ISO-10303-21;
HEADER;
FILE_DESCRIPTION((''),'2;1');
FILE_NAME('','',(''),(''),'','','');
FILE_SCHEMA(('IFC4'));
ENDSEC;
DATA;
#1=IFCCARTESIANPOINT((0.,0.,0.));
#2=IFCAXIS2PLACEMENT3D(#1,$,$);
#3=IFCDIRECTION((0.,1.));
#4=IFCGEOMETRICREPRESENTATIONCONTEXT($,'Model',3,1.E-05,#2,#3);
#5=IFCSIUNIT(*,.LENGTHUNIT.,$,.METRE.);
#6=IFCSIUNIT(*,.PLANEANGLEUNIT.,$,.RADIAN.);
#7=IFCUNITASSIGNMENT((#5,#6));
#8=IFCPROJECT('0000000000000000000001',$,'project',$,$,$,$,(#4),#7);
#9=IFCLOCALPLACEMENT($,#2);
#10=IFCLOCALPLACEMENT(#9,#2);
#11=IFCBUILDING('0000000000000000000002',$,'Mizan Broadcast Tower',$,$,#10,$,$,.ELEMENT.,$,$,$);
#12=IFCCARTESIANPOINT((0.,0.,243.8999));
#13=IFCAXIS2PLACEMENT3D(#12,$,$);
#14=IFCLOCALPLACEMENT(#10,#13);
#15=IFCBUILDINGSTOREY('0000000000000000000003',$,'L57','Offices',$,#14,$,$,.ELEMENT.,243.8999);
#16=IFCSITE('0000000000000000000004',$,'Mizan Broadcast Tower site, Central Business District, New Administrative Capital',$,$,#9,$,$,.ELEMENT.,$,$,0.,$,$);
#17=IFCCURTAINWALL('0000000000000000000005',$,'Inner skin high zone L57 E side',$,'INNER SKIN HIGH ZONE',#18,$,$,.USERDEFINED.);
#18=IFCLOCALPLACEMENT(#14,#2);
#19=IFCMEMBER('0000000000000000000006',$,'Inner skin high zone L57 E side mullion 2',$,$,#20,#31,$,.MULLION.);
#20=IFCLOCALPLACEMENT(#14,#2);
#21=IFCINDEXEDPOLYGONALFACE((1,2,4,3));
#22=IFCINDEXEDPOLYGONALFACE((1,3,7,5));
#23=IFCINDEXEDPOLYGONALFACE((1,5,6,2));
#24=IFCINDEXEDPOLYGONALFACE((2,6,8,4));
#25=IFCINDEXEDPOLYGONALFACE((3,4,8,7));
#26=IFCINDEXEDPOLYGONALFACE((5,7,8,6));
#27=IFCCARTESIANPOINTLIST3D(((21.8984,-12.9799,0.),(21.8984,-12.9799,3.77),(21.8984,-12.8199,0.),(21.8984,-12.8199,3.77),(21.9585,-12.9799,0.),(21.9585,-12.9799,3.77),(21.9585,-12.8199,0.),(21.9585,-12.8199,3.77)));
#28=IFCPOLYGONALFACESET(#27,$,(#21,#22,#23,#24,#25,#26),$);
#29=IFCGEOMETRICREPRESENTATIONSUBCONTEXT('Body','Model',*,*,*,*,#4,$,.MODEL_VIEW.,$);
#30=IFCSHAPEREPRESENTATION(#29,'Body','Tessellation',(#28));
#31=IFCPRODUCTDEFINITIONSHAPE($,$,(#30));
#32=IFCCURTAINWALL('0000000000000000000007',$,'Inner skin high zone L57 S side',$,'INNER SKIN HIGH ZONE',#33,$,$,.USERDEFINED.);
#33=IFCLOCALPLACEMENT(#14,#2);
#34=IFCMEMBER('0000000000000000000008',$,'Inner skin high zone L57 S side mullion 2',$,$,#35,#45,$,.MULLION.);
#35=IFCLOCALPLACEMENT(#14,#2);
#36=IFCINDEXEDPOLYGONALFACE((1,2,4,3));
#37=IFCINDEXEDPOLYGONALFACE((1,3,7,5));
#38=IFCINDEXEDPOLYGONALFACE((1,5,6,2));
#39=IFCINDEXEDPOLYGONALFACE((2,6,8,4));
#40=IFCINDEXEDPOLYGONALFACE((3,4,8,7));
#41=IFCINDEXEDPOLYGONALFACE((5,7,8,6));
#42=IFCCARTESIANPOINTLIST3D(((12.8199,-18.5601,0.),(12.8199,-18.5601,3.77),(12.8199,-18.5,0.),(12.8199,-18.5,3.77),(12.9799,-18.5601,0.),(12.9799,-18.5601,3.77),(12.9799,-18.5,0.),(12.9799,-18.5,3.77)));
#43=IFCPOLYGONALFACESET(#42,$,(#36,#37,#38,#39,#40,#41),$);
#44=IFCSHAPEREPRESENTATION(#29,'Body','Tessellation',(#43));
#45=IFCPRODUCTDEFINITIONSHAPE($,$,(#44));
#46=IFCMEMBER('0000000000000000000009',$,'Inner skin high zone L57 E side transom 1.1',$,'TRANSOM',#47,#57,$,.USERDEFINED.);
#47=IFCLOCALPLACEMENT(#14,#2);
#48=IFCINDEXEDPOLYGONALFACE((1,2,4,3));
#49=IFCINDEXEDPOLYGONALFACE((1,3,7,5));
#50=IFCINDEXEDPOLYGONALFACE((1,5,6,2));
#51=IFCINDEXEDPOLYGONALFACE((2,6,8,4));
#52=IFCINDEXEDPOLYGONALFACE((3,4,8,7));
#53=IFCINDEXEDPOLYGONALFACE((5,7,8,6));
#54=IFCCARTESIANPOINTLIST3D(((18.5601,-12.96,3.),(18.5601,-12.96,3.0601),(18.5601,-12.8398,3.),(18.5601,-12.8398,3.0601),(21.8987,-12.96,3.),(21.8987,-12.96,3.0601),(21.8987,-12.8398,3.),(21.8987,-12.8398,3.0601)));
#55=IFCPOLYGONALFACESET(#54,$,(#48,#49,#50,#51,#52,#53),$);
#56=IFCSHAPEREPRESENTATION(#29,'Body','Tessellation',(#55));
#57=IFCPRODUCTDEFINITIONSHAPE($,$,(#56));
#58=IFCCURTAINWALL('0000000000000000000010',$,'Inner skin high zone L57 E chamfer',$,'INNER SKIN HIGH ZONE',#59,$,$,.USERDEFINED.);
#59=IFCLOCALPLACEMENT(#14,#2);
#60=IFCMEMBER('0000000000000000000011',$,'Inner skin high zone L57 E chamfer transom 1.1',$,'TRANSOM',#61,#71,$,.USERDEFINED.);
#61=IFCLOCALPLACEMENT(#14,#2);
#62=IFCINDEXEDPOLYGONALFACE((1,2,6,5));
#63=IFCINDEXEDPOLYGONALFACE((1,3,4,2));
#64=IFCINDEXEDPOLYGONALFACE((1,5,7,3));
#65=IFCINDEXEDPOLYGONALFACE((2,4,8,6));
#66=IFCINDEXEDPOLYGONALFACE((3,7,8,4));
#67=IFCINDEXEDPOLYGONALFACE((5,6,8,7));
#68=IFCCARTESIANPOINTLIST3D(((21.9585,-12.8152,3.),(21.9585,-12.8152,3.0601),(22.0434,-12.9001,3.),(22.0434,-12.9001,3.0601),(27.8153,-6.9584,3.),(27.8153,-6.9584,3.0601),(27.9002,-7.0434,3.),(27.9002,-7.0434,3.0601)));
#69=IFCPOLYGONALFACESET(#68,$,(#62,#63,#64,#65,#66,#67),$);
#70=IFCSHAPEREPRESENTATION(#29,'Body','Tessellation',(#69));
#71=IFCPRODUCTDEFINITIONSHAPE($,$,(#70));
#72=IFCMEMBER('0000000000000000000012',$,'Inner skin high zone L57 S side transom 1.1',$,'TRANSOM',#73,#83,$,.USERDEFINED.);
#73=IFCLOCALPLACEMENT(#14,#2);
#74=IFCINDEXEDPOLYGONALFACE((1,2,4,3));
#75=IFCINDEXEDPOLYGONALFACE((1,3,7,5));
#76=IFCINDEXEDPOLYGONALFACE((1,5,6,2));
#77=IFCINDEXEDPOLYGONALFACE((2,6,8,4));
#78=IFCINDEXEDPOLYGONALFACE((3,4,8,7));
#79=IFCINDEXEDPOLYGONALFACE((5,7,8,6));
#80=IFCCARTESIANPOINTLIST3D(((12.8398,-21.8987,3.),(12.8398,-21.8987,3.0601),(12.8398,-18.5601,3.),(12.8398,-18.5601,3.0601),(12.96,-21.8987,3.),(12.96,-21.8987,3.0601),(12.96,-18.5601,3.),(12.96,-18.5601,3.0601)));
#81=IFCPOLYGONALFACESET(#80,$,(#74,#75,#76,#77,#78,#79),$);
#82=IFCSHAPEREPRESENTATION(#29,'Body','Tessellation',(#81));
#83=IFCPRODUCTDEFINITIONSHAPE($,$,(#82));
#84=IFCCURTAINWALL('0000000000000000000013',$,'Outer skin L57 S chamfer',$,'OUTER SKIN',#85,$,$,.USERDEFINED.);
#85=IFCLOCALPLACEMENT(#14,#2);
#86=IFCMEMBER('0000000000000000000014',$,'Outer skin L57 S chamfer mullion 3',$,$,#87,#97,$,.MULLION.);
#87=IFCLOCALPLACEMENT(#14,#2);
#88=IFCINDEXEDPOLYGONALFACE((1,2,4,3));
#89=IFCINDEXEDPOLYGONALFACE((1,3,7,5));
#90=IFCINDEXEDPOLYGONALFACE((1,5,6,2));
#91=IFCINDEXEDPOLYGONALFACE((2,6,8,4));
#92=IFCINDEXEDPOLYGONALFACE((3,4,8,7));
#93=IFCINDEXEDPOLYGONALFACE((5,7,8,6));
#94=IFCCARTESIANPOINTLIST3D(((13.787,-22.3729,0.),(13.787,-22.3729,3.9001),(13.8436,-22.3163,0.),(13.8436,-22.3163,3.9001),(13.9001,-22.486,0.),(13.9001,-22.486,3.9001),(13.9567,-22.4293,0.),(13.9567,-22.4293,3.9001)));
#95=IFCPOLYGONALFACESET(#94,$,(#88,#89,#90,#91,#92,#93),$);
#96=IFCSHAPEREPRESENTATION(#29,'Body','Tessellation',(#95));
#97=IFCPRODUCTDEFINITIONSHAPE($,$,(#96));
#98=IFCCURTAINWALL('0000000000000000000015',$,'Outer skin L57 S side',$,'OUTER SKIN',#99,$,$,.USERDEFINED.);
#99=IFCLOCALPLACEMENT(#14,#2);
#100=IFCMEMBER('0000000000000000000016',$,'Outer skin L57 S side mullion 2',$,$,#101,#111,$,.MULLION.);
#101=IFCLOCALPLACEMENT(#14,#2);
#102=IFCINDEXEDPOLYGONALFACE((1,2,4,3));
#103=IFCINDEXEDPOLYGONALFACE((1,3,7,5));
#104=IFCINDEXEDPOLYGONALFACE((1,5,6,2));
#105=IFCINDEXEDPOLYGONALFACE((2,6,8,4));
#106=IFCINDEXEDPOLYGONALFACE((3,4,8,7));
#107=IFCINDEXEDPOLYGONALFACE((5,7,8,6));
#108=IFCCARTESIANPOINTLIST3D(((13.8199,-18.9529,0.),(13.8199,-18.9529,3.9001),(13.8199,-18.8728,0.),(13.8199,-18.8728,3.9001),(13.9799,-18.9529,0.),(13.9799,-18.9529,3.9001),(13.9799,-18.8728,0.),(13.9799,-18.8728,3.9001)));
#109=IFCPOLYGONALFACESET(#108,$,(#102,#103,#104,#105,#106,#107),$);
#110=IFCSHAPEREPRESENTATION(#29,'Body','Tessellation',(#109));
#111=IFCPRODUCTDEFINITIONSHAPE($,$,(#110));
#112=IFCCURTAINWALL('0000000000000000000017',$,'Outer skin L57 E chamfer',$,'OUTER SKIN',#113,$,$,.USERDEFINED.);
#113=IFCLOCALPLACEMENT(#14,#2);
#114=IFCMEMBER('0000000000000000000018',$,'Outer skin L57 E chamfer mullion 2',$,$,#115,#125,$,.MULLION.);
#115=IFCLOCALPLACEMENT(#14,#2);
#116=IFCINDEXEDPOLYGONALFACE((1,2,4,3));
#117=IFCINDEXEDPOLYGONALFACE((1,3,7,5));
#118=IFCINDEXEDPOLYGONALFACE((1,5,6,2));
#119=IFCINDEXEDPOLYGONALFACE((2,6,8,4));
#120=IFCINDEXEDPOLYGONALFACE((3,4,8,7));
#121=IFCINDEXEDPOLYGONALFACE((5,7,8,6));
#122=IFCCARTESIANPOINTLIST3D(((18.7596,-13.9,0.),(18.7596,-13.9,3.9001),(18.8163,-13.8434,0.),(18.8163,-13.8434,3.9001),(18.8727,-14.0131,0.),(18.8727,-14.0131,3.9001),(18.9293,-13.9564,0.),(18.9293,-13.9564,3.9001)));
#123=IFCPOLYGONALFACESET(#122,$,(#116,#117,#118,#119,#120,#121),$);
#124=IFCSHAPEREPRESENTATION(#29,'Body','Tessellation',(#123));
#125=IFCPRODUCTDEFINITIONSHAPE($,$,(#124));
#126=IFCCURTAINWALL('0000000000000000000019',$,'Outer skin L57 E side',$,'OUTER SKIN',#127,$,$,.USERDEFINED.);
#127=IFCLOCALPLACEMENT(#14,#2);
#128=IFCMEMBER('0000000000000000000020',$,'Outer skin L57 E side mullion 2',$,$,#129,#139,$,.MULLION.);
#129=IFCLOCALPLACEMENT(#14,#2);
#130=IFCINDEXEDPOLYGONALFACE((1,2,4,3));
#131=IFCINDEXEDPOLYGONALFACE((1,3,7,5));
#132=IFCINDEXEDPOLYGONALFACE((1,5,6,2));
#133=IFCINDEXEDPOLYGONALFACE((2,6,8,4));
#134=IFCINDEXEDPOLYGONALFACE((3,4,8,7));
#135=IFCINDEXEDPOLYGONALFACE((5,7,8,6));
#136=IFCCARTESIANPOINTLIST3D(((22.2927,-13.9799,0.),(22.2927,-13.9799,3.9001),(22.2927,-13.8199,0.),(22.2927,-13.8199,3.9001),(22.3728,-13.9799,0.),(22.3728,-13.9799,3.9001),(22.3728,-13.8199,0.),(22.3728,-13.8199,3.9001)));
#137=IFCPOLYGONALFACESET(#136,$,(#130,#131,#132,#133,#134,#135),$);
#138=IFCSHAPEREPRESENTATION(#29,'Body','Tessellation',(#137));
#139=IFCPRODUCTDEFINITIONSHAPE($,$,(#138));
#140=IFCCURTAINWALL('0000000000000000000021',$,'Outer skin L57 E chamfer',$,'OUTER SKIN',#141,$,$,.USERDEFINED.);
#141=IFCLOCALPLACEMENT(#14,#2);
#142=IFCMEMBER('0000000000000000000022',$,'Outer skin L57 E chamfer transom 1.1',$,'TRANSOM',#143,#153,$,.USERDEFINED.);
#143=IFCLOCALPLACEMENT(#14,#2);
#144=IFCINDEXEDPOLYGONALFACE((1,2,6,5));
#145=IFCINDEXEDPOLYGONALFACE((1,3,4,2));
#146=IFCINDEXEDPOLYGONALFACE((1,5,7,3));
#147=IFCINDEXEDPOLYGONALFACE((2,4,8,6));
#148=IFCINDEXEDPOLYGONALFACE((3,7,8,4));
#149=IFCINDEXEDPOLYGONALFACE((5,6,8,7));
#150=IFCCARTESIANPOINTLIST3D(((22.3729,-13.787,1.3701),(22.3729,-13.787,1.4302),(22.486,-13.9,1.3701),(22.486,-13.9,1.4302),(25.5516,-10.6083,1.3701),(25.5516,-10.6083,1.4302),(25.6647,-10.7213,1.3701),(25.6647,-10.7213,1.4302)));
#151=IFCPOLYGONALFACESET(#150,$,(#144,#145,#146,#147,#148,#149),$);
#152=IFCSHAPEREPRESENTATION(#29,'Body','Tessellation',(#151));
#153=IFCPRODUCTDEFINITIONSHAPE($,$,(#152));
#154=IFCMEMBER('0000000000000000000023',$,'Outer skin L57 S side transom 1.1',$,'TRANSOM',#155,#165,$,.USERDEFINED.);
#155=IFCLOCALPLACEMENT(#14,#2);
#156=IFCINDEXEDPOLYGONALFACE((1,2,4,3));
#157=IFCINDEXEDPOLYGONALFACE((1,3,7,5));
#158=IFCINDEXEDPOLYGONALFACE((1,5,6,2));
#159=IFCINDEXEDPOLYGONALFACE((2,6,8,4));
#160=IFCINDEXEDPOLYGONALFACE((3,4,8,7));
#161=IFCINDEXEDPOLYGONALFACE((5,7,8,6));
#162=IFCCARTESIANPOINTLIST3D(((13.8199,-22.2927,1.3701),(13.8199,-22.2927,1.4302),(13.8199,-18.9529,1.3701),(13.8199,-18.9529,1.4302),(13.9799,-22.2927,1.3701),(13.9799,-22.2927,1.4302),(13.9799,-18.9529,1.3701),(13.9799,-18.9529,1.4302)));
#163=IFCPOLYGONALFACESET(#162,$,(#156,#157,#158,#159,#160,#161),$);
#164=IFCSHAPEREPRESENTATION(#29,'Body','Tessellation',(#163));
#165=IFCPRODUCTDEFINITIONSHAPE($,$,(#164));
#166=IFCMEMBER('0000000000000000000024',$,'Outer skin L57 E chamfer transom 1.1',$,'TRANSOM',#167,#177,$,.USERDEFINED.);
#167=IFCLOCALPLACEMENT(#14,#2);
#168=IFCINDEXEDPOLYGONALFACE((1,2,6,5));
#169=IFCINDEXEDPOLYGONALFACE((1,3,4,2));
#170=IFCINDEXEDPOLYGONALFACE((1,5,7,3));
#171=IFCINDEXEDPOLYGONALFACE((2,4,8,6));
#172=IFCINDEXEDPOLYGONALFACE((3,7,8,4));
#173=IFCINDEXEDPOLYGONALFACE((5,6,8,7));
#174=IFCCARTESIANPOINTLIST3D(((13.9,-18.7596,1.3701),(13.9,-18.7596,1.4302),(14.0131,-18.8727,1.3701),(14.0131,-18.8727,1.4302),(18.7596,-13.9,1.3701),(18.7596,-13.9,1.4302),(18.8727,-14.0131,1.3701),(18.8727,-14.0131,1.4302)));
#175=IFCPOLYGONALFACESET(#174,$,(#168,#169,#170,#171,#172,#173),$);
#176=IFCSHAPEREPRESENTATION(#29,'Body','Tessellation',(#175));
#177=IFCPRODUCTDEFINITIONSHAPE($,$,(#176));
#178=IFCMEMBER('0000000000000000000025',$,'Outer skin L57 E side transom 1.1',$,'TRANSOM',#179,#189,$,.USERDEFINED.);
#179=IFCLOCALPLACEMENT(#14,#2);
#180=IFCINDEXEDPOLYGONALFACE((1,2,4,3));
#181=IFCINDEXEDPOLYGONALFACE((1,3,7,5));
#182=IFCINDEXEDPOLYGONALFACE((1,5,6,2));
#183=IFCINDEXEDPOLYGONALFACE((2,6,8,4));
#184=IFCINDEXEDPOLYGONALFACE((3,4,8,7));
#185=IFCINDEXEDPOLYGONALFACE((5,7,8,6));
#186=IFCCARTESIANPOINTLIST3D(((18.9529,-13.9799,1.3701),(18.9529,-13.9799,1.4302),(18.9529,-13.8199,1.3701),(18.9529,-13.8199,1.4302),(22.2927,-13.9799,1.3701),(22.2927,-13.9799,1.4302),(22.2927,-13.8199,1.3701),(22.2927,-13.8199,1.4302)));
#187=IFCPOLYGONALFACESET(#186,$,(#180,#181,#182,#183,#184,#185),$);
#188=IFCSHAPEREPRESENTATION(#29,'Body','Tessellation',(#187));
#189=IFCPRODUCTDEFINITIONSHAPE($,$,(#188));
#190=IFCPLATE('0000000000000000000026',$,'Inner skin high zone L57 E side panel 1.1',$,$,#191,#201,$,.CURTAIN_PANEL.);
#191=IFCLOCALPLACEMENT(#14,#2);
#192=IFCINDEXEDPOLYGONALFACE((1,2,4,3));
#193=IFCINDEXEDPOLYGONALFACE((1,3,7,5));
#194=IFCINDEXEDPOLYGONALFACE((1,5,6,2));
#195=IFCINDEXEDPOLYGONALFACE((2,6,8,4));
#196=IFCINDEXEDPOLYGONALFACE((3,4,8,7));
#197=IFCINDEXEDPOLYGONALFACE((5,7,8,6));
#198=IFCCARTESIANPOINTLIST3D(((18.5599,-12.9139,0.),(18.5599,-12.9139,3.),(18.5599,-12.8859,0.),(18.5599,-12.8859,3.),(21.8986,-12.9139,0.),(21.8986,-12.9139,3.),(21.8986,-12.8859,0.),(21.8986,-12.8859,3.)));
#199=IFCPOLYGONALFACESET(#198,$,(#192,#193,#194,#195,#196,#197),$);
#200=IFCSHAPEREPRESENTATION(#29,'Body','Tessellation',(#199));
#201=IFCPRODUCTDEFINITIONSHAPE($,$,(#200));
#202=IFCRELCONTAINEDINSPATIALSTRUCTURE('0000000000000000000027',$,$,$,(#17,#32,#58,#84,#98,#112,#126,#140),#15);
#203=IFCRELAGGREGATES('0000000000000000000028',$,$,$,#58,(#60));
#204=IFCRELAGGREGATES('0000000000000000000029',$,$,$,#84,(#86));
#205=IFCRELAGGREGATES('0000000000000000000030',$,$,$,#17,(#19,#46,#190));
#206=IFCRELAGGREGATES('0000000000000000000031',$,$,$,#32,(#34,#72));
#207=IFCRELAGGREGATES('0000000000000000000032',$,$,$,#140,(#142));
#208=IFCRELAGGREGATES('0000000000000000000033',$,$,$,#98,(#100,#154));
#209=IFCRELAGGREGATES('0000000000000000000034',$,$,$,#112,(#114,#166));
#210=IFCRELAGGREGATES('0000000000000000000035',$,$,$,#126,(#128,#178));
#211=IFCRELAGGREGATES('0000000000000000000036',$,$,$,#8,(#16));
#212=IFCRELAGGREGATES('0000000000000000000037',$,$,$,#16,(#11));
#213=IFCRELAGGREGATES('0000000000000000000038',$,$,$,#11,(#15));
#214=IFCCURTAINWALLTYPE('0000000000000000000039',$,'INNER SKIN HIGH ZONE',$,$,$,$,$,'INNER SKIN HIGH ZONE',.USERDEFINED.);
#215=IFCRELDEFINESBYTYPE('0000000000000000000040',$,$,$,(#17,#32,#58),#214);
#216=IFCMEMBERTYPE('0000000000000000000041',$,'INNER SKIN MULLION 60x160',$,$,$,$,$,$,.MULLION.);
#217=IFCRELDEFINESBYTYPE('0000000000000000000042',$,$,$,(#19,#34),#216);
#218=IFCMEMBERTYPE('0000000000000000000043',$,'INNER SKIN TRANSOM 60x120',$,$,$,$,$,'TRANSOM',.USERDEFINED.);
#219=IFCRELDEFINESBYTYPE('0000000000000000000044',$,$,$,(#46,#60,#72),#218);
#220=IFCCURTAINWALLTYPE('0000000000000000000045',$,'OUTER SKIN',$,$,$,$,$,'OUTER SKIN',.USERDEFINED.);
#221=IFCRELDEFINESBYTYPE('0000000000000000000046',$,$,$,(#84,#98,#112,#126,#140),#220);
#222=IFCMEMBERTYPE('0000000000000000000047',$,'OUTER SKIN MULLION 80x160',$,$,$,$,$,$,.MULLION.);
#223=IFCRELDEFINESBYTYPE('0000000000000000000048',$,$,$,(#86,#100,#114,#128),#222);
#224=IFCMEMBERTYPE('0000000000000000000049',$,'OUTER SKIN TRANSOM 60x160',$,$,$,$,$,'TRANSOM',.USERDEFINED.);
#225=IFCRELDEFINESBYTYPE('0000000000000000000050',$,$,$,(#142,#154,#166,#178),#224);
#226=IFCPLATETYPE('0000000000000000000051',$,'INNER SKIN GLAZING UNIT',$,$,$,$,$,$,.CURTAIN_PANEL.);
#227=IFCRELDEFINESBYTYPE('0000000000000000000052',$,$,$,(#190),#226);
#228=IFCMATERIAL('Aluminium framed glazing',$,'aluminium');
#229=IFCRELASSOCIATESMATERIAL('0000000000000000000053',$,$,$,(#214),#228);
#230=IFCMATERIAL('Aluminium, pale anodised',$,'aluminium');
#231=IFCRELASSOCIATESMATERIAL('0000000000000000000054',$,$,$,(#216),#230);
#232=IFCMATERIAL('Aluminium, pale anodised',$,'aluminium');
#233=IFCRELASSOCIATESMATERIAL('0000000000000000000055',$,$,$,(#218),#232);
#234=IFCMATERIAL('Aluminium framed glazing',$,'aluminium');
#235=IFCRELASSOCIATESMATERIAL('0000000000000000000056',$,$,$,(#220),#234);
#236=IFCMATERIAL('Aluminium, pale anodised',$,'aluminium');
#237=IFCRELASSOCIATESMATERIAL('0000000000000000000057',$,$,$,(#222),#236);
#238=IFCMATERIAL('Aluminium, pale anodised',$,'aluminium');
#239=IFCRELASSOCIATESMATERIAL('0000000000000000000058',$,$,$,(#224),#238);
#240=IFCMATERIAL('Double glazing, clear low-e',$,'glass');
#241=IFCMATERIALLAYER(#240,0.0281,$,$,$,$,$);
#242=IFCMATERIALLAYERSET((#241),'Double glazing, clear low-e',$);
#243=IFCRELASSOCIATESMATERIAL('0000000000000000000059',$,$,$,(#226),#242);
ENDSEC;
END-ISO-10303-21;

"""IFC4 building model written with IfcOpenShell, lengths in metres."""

from ifc_helpers import new_model, si_unit, direction, frame, origin, origin_2d, place, context, subcontext, project, spatial, rectangle, extrude, material, layer, layer_set, material_profile, profile_set, type_object, element, aggregate, save


model = new_model("IFC4")

# Units and contexts
model_context = context("Model", 3, precision=1e-05, world=origin(), true_north=direction((0.0, 1.0)))
body_context = subcontext(model_context, "Body", "Model", "MODEL_VIEW")
ifc_project = project(units=[si_unit("LENGTHUNIT", "METRE"), si_unit("PLANEANGLEUNIT", "RADIAN")], contexts=[model_context])

# Site, building, storey
site_placement = place(None, origin())
site = spatial("IfcSite", under=ifc_project, at=site_placement, Name="Mizan Broadcast Tower site, Central Business District, New Administrative Capital", CompositionType="ELEMENT", RefElevation=0.0)
building_placement = place(site_placement, origin())
building = spatial("IfcBuilding", under=site, at=building_placement, Name="Mizan Broadcast Tower", CompositionType="ELEMENT")
storey_placement = place(building_placement, frame((0.0, 0.0, 243.8999)))
storey = spatial("IfcBuildingStorey", under=building, at=storey_placement, Name="L57", Description="Offices", CompositionType="ELEMENT", Elevation=243.8999)

# Curtain walls, members
ifc_material_1 = material(Name="Aluminium framed glazing", Category="aluminium")
curtain_wall_type_1 = type_object("IfcCurtainWallType", Name="INNER SKIN HIGH ZONE", ElementType="INNER SKIN HIGH ZONE", PredefinedType="USERDEFINED", material=ifc_material_1)
curtain_wall_1_placement = place(storey_placement, origin())
curtain_wall_1 = element("IfcCurtainWall", 1, at=curtain_wall_1_placement, inside=storey, type_object=curtain_wall_type_1, Name="Inner skin high zone L57 E side", ObjectType="INNER SKIN HIGH ZONE", PredefinedType="USERDEFINED")
ifc_material_2 = material(Name="Aluminium, pale anodised", Category="aluminium")
ifc_material_profile_1 = material_profile(ifc_material_2, rectangle(XDim=0.1599, YDim=0.0601, at=origin_2d()), Name="MULLION 160x60")
ifc_profile_set_1 = profile_set([ifc_material_profile_1], Name="Aluminium, pale anodised")
member_type_1 = type_object("IfcMemberType", Name="INNER SKIN MULLION 60x160", PredefinedType="MULLION", material=ifc_profile_set_1)
member_1_placement = place(storey_placement, frame((21.9285, -12.8999, 0.0), z_axis=(0.0, 0.0, 1.0), x_axis=(0.0, 1.0, 0.0)))
member_1 = element("IfcMember", 2, at=member_1_placement, type_object=member_type_1, Name="Inner skin high zone L57 E side mullion 2", PredefinedType="MULLION", context=body_context, shape_type="SweptSolid", body=[
    extrude(rectangle(XDim=0.1599, YDim=0.0601, at=origin_2d()), origin(), (0.0, 0.0, 1.0), 3.77),
])
curtain_wall_2_placement = place(storey_placement, origin())
curtain_wall_2 = element("IfcCurtainWall", 3, at=curtain_wall_2_placement, inside=storey, type_object=curtain_wall_type_1, Name="Inner skin high zone L57 S side", ObjectType="INNER SKIN HIGH ZONE", PredefinedType="USERDEFINED")
member_2_placement = place(storey_placement, frame((12.8999, -18.53, 0.0), z_axis=(0.0, 0.0, 1.0), x_axis=(-1.0, 0.0, 0.0)))
member_2 = element("IfcMember", 4, at=member_2_placement, type_object=member_type_1, Name="Inner skin high zone L57 S side mullion 2", PredefinedType="MULLION", context=body_context, shape_type="SweptSolid", body=[
    extrude(rectangle(XDim=0.1599, YDim=0.0601, at=origin_2d()), origin(), (0.0, 0.0, 1.0), 3.77),
])

# Member
ifc_material_3 = material(Name="Aluminium, pale anodised", Category="aluminium")
ifc_material_profile_2 = material_profile(ifc_material_3, rectangle(XDim=0.1201, YDim=0.0601, at=origin_2d()), Name="TRANSOM 120x60")
ifc_profile_set_2 = profile_set([ifc_material_profile_2], Name="Aluminium, pale anodised")
member_type_2 = type_object("IfcMemberType", Name="INNER SKIN TRANSOM 60x120", ElementType="TRANSOM", PredefinedType="USERDEFINED", material=ifc_profile_set_2)
member_3_placement = place(storey_placement, frame((18.5601, -12.8999, 3.03), z_axis=(1.0, 0.0, 0.0), x_axis=(0.0, 1.0, 0.0)))
member_3 = element("IfcMember", 5, at=member_3_placement, type_object=member_type_2, Name="Inner skin high zone L57 E side transom 1.1", ObjectType="TRANSOM", PredefinedType="USERDEFINED", context=body_context, shape_type="SweptSolid", body=[
    extrude(rectangle(XDim=0.1201, YDim=0.0601, at=origin_2d()), origin(), (0.0, 0.0, 1.0), 3.3386),
])

# Curtain wall, member
curtain_wall_3_placement = place(storey_placement, origin())
curtain_wall_3 = element("IfcCurtainWall", 6, at=curtain_wall_3_placement, inside=storey, type_object=curtain_wall_type_1, Name="Inner skin high zone L57 E chamfer", ObjectType="INNER SKIN HIGH ZONE", PredefinedType="USERDEFINED")
member_4_placement = place(storey_placement, frame((22.001, -12.8577, 3.03), z_axis=(0.707107, 0.707107, 0.0), x_axis=(-0.707107, 0.707107, 0.0)))
member_4 = element("IfcMember", 7, at=member_4_placement, type_object=member_type_2, Name="Inner skin high zone L57 E chamfer transom 1.1", ObjectType="TRANSOM", PredefinedType="USERDEFINED", context=body_context, shape_type="SweptSolid", body=[
    extrude(rectangle(XDim=0.1201, YDim=0.0601, at=origin_2d()), origin(), (0.0, 0.0, 1.0), 8.2827),
])
aggregate(curtain_wall_3, [member_4])

# Member
member_5_placement = place(storey_placement, frame((12.8999, -21.8987, 3.03), z_axis=(0.0, 1.0, 0.0), x_axis=(-1.0, 0.0, 0.0)))
member_5 = element("IfcMember", 8, at=member_5_placement, type_object=member_type_2, Name="Inner skin high zone L57 S side transom 1.1", ObjectType="TRANSOM", PredefinedType="USERDEFINED", context=body_context, shape_type="SweptSolid", body=[
    extrude(rectangle(XDim=0.1201, YDim=0.0601, at=origin_2d()), origin(), (0.0, 0.0, 1.0), 3.3386),
])

# Curtain walls, members
ifc_material_4 = material(Name="Aluminium framed glazing", Category="aluminium")
curtain_wall_type_2 = type_object("IfcCurtainWallType", Name="OUTER SKIN", ElementType="OUTER SKIN", PredefinedType="USERDEFINED", material=ifc_material_4)
curtain_wall_4_placement = place(storey_placement, origin())
curtain_wall_4 = element("IfcCurtainWall", 9, at=curtain_wall_4_placement, inside=storey, type_object=curtain_wall_type_2, Name="Outer skin L57 S chamfer", ObjectType="OUTER SKIN", PredefinedType="USERDEFINED")
ifc_material_5 = material(Name="Aluminium, pale anodised", Category="aluminium")
ifc_material_profile_3 = material_profile(ifc_material_5, rectangle(XDim=0.1599, YDim=0.0801, at=origin_2d()), Name="MULLION 160x80")
ifc_profile_set_3 = profile_set([ifc_material_profile_3], Name="Aluminium, pale anodised")
member_type_3 = type_object("IfcMemberType", Name="OUTER SKIN MULLION 80x160", PredefinedType="MULLION", material=ifc_profile_set_3)
member_6_placement = place(storey_placement, frame((13.8718, -22.4011, 0.0), z_axis=(0.0, 0.0, 1.0), x_axis=(-0.707107, 0.707107, 0.0)))
member_6 = element("IfcMember", 10, at=member_6_placement, type_object=member_type_3, Name="Outer skin L57 S chamfer mullion 3", PredefinedType="MULLION", context=body_context, shape_type="SweptSolid", body=[
    extrude(rectangle(XDim=0.1599, YDim=0.0801, at=origin_2d()), origin(), (0.0, 0.0, 1.0), 3.9001),
])
aggregate(curtain_wall_4, [member_6])
curtain_wall_5_placement = place(storey_placement, origin())
curtain_wall_5 = element("IfcCurtainWall", 11, at=curtain_wall_5_placement, inside=storey, type_object=curtain_wall_type_2, Name="Outer skin L57 S side", ObjectType="OUTER SKIN", PredefinedType="USERDEFINED")
member_7_placement = place(storey_placement, frame((13.8999, -18.9128, 0.0), z_axis=(0.0, 0.0, 1.0), x_axis=(-1.0, 0.0, 0.0)))
member_7 = element("IfcMember", 12, at=member_7_placement, type_object=member_type_3, Name="Outer skin L57 S side mullion 2", PredefinedType="MULLION", context=body_context, shape_type="SweptSolid", body=[
    extrude(rectangle(XDim=0.1599, YDim=0.0801, at=origin_2d()), origin(), (0.0, 0.0, 1.0), 3.9001),
])
curtain_wall_6_placement = place(storey_placement, origin())
curtain_wall_6 = element("IfcCurtainWall", 13, at=curtain_wall_6_placement, inside=storey, type_object=curtain_wall_type_2, Name="Outer skin L57 E chamfer", ObjectType="OUTER SKIN", PredefinedType="USERDEFINED")
member_8_placement = place(storey_placement, frame((18.8445, -13.9282, 0.0), z_axis=(0.0, 0.0, 1.0), x_axis=(-0.707107, 0.707107, 0.0)))
member_8 = element("IfcMember", 14, at=member_8_placement, type_object=member_type_3, Name="Outer skin L57 E chamfer mullion 2", PredefinedType="MULLION", context=body_context, shape_type="SweptSolid", body=[
    extrude(rectangle(XDim=0.1599, YDim=0.0801, at=origin_2d()), origin(), (0.0, 0.0, 1.0), 3.9001),
])
curtain_wall_7_placement = place(storey_placement, origin())
curtain_wall_7 = element("IfcCurtainWall", 15, at=curtain_wall_7_placement, inside=storey, type_object=curtain_wall_type_2, Name="Outer skin L57 E side", ObjectType="OUTER SKIN", PredefinedType="USERDEFINED")
member_9_placement = place(storey_placement, frame((22.3328, -13.8999, 0.0), z_axis=(0.0, 0.0, 1.0), x_axis=(0.0, 1.0, 0.0)))
member_9 = element("IfcMember", 16, at=member_9_placement, type_object=member_type_3, Name="Outer skin L57 E side mullion 2", PredefinedType="MULLION", context=body_context, shape_type="SweptSolid", body=[
    extrude(rectangle(XDim=0.1599, YDim=0.0801, at=origin_2d()), origin(), (0.0, 0.0, 1.0), 3.9001),
])
curtain_wall_8_placement = place(storey_placement, origin())
curtain_wall_8 = element("IfcCurtainWall", 17, at=curtain_wall_8_placement, inside=storey, type_object=curtain_wall_type_2, Name="Outer skin L57 E chamfer", ObjectType="OUTER SKIN", PredefinedType="USERDEFINED")
ifc_material_6 = material(Name="Aluminium, pale anodised", Category="aluminium")
ifc_material_profile_4 = material_profile(ifc_material_6, rectangle(XDim=0.1599, YDim=0.0601, at=origin_2d()), Name="TRANSOM 160x60")
ifc_profile_set_4 = profile_set([ifc_material_profile_4], Name="Aluminium, pale anodised")
member_type_4 = type_object("IfcMemberType", Name="OUTER SKIN TRANSOM 60x160", ElementType="TRANSOM", PredefinedType="USERDEFINED", material=ifc_profile_set_4)
member_10_placement = place(storey_placement, frame((22.4294, -13.8435, 1.4001), z_axis=(0.707107, 0.707107, 0.0), x_axis=(-0.707107, 0.707107, 0.0)))
member_10 = element("IfcMember", 18, at=member_10_placement, type_object=member_type_4, Name="Outer skin L57 E chamfer transom 1.1", ObjectType="TRANSOM", PredefinedType="USERDEFINED", context=body_context, shape_type="SweptSolid", body=[
    extrude(rectangle(XDim=0.1599, YDim=0.0601, at=origin_2d()), origin(), (0.0, 0.0, 1.0), 4.4954),
])

# Members
member_11_placement = place(storey_placement, frame((13.8999, -22.2927, 1.4001), z_axis=(0.0, 1.0, 0.0), x_axis=(-1.0, 0.0, 0.0)))
member_11 = element("IfcMember", 19, at=member_11_placement, type_object=member_type_4, Name="Outer skin L57 S side transom 1.1", ObjectType="TRANSOM", PredefinedType="USERDEFINED", context=body_context, shape_type="SweptSolid", body=[
    extrude(rectangle(XDim=0.1599, YDim=0.0601, at=origin_2d()), origin(), (0.0, 0.0, 1.0), 3.3398),
])
member_12_placement = place(storey_placement, frame((13.9565, -18.8162, 1.4001), z_axis=(0.707107, 0.707107, 0.0), x_axis=(-0.707107, 0.707107, 0.0)))
member_12 = element("IfcMember", 20, at=member_12_placement, type_object=member_type_4, Name="Outer skin L57 E chamfer transom 1.1", ObjectType="TRANSOM", PredefinedType="USERDEFINED", context=body_context, shape_type="SweptSolid", body=[
    extrude(rectangle(XDim=0.1599, YDim=0.0601, at=origin_2d()), origin(), (0.0, 0.0, 1.0), 6.8726),
])
member_13_placement = place(storey_placement, frame((18.9529, -13.8999, 1.4001), z_axis=(1.0, 0.0, 0.0), x_axis=(0.0, 1.0, 0.0)))
member_13 = element("IfcMember", 21, at=member_13_placement, type_object=member_type_4, Name="Outer skin L57 E side transom 1.1", ObjectType="TRANSOM", PredefinedType="USERDEFINED", context=body_context, shape_type="SweptSolid", body=[
    extrude(rectangle(XDim=0.1599, YDim=0.0601, at=origin_2d()), origin(), (0.0, 0.0, 1.0), 3.3398),
])

# Plate
ifc_material_7 = material(Name="Double glazing, clear low-e", Category="glass")
ifc_layer_1 = layer(ifc_material_7, 0.0281)
ifc_layer_set_1 = layer_set([ifc_layer_1], Name="Double glazing, clear low-e")
plate_type_1 = type_object("IfcPlateType", Name="INNER SKIN GLAZING UNIT", PredefinedType="CURTAIN_PANEL", material=ifc_layer_set_1)
plate_1_placement = place(storey_placement, frame((20.2292, -12.8999, 0.0), z_axis=(0.0, 0.0, 1.0), x_axis=(1.0, 0.0, 0.0)))
plate_1 = element("IfcPlate", 22, at=plate_1_placement, type_object=plate_type_1, Name="Inner skin high zone L57 E side panel 1.1", PredefinedType="CURTAIN_PANEL", context=body_context, shape_type="SweptSolid", body=[
    extrude(rectangle(XDim=3.3386, YDim=0.0281, at=origin_2d()), origin(), (0.0, 0.0, 1.0), 3.0),
])
aggregate(curtain_wall_1, [member_1, member_3, plate_1])
aggregate(curtain_wall_2, [member_2, member_5])
aggregate(curtain_wall_8, [member_10])
aggregate(curtain_wall_5, [member_7, member_11])
aggregate(curtain_wall_6, [member_8, member_12])
aggregate(curtain_wall_7, [member_9, member_13])

save(model, "model.ifc")
